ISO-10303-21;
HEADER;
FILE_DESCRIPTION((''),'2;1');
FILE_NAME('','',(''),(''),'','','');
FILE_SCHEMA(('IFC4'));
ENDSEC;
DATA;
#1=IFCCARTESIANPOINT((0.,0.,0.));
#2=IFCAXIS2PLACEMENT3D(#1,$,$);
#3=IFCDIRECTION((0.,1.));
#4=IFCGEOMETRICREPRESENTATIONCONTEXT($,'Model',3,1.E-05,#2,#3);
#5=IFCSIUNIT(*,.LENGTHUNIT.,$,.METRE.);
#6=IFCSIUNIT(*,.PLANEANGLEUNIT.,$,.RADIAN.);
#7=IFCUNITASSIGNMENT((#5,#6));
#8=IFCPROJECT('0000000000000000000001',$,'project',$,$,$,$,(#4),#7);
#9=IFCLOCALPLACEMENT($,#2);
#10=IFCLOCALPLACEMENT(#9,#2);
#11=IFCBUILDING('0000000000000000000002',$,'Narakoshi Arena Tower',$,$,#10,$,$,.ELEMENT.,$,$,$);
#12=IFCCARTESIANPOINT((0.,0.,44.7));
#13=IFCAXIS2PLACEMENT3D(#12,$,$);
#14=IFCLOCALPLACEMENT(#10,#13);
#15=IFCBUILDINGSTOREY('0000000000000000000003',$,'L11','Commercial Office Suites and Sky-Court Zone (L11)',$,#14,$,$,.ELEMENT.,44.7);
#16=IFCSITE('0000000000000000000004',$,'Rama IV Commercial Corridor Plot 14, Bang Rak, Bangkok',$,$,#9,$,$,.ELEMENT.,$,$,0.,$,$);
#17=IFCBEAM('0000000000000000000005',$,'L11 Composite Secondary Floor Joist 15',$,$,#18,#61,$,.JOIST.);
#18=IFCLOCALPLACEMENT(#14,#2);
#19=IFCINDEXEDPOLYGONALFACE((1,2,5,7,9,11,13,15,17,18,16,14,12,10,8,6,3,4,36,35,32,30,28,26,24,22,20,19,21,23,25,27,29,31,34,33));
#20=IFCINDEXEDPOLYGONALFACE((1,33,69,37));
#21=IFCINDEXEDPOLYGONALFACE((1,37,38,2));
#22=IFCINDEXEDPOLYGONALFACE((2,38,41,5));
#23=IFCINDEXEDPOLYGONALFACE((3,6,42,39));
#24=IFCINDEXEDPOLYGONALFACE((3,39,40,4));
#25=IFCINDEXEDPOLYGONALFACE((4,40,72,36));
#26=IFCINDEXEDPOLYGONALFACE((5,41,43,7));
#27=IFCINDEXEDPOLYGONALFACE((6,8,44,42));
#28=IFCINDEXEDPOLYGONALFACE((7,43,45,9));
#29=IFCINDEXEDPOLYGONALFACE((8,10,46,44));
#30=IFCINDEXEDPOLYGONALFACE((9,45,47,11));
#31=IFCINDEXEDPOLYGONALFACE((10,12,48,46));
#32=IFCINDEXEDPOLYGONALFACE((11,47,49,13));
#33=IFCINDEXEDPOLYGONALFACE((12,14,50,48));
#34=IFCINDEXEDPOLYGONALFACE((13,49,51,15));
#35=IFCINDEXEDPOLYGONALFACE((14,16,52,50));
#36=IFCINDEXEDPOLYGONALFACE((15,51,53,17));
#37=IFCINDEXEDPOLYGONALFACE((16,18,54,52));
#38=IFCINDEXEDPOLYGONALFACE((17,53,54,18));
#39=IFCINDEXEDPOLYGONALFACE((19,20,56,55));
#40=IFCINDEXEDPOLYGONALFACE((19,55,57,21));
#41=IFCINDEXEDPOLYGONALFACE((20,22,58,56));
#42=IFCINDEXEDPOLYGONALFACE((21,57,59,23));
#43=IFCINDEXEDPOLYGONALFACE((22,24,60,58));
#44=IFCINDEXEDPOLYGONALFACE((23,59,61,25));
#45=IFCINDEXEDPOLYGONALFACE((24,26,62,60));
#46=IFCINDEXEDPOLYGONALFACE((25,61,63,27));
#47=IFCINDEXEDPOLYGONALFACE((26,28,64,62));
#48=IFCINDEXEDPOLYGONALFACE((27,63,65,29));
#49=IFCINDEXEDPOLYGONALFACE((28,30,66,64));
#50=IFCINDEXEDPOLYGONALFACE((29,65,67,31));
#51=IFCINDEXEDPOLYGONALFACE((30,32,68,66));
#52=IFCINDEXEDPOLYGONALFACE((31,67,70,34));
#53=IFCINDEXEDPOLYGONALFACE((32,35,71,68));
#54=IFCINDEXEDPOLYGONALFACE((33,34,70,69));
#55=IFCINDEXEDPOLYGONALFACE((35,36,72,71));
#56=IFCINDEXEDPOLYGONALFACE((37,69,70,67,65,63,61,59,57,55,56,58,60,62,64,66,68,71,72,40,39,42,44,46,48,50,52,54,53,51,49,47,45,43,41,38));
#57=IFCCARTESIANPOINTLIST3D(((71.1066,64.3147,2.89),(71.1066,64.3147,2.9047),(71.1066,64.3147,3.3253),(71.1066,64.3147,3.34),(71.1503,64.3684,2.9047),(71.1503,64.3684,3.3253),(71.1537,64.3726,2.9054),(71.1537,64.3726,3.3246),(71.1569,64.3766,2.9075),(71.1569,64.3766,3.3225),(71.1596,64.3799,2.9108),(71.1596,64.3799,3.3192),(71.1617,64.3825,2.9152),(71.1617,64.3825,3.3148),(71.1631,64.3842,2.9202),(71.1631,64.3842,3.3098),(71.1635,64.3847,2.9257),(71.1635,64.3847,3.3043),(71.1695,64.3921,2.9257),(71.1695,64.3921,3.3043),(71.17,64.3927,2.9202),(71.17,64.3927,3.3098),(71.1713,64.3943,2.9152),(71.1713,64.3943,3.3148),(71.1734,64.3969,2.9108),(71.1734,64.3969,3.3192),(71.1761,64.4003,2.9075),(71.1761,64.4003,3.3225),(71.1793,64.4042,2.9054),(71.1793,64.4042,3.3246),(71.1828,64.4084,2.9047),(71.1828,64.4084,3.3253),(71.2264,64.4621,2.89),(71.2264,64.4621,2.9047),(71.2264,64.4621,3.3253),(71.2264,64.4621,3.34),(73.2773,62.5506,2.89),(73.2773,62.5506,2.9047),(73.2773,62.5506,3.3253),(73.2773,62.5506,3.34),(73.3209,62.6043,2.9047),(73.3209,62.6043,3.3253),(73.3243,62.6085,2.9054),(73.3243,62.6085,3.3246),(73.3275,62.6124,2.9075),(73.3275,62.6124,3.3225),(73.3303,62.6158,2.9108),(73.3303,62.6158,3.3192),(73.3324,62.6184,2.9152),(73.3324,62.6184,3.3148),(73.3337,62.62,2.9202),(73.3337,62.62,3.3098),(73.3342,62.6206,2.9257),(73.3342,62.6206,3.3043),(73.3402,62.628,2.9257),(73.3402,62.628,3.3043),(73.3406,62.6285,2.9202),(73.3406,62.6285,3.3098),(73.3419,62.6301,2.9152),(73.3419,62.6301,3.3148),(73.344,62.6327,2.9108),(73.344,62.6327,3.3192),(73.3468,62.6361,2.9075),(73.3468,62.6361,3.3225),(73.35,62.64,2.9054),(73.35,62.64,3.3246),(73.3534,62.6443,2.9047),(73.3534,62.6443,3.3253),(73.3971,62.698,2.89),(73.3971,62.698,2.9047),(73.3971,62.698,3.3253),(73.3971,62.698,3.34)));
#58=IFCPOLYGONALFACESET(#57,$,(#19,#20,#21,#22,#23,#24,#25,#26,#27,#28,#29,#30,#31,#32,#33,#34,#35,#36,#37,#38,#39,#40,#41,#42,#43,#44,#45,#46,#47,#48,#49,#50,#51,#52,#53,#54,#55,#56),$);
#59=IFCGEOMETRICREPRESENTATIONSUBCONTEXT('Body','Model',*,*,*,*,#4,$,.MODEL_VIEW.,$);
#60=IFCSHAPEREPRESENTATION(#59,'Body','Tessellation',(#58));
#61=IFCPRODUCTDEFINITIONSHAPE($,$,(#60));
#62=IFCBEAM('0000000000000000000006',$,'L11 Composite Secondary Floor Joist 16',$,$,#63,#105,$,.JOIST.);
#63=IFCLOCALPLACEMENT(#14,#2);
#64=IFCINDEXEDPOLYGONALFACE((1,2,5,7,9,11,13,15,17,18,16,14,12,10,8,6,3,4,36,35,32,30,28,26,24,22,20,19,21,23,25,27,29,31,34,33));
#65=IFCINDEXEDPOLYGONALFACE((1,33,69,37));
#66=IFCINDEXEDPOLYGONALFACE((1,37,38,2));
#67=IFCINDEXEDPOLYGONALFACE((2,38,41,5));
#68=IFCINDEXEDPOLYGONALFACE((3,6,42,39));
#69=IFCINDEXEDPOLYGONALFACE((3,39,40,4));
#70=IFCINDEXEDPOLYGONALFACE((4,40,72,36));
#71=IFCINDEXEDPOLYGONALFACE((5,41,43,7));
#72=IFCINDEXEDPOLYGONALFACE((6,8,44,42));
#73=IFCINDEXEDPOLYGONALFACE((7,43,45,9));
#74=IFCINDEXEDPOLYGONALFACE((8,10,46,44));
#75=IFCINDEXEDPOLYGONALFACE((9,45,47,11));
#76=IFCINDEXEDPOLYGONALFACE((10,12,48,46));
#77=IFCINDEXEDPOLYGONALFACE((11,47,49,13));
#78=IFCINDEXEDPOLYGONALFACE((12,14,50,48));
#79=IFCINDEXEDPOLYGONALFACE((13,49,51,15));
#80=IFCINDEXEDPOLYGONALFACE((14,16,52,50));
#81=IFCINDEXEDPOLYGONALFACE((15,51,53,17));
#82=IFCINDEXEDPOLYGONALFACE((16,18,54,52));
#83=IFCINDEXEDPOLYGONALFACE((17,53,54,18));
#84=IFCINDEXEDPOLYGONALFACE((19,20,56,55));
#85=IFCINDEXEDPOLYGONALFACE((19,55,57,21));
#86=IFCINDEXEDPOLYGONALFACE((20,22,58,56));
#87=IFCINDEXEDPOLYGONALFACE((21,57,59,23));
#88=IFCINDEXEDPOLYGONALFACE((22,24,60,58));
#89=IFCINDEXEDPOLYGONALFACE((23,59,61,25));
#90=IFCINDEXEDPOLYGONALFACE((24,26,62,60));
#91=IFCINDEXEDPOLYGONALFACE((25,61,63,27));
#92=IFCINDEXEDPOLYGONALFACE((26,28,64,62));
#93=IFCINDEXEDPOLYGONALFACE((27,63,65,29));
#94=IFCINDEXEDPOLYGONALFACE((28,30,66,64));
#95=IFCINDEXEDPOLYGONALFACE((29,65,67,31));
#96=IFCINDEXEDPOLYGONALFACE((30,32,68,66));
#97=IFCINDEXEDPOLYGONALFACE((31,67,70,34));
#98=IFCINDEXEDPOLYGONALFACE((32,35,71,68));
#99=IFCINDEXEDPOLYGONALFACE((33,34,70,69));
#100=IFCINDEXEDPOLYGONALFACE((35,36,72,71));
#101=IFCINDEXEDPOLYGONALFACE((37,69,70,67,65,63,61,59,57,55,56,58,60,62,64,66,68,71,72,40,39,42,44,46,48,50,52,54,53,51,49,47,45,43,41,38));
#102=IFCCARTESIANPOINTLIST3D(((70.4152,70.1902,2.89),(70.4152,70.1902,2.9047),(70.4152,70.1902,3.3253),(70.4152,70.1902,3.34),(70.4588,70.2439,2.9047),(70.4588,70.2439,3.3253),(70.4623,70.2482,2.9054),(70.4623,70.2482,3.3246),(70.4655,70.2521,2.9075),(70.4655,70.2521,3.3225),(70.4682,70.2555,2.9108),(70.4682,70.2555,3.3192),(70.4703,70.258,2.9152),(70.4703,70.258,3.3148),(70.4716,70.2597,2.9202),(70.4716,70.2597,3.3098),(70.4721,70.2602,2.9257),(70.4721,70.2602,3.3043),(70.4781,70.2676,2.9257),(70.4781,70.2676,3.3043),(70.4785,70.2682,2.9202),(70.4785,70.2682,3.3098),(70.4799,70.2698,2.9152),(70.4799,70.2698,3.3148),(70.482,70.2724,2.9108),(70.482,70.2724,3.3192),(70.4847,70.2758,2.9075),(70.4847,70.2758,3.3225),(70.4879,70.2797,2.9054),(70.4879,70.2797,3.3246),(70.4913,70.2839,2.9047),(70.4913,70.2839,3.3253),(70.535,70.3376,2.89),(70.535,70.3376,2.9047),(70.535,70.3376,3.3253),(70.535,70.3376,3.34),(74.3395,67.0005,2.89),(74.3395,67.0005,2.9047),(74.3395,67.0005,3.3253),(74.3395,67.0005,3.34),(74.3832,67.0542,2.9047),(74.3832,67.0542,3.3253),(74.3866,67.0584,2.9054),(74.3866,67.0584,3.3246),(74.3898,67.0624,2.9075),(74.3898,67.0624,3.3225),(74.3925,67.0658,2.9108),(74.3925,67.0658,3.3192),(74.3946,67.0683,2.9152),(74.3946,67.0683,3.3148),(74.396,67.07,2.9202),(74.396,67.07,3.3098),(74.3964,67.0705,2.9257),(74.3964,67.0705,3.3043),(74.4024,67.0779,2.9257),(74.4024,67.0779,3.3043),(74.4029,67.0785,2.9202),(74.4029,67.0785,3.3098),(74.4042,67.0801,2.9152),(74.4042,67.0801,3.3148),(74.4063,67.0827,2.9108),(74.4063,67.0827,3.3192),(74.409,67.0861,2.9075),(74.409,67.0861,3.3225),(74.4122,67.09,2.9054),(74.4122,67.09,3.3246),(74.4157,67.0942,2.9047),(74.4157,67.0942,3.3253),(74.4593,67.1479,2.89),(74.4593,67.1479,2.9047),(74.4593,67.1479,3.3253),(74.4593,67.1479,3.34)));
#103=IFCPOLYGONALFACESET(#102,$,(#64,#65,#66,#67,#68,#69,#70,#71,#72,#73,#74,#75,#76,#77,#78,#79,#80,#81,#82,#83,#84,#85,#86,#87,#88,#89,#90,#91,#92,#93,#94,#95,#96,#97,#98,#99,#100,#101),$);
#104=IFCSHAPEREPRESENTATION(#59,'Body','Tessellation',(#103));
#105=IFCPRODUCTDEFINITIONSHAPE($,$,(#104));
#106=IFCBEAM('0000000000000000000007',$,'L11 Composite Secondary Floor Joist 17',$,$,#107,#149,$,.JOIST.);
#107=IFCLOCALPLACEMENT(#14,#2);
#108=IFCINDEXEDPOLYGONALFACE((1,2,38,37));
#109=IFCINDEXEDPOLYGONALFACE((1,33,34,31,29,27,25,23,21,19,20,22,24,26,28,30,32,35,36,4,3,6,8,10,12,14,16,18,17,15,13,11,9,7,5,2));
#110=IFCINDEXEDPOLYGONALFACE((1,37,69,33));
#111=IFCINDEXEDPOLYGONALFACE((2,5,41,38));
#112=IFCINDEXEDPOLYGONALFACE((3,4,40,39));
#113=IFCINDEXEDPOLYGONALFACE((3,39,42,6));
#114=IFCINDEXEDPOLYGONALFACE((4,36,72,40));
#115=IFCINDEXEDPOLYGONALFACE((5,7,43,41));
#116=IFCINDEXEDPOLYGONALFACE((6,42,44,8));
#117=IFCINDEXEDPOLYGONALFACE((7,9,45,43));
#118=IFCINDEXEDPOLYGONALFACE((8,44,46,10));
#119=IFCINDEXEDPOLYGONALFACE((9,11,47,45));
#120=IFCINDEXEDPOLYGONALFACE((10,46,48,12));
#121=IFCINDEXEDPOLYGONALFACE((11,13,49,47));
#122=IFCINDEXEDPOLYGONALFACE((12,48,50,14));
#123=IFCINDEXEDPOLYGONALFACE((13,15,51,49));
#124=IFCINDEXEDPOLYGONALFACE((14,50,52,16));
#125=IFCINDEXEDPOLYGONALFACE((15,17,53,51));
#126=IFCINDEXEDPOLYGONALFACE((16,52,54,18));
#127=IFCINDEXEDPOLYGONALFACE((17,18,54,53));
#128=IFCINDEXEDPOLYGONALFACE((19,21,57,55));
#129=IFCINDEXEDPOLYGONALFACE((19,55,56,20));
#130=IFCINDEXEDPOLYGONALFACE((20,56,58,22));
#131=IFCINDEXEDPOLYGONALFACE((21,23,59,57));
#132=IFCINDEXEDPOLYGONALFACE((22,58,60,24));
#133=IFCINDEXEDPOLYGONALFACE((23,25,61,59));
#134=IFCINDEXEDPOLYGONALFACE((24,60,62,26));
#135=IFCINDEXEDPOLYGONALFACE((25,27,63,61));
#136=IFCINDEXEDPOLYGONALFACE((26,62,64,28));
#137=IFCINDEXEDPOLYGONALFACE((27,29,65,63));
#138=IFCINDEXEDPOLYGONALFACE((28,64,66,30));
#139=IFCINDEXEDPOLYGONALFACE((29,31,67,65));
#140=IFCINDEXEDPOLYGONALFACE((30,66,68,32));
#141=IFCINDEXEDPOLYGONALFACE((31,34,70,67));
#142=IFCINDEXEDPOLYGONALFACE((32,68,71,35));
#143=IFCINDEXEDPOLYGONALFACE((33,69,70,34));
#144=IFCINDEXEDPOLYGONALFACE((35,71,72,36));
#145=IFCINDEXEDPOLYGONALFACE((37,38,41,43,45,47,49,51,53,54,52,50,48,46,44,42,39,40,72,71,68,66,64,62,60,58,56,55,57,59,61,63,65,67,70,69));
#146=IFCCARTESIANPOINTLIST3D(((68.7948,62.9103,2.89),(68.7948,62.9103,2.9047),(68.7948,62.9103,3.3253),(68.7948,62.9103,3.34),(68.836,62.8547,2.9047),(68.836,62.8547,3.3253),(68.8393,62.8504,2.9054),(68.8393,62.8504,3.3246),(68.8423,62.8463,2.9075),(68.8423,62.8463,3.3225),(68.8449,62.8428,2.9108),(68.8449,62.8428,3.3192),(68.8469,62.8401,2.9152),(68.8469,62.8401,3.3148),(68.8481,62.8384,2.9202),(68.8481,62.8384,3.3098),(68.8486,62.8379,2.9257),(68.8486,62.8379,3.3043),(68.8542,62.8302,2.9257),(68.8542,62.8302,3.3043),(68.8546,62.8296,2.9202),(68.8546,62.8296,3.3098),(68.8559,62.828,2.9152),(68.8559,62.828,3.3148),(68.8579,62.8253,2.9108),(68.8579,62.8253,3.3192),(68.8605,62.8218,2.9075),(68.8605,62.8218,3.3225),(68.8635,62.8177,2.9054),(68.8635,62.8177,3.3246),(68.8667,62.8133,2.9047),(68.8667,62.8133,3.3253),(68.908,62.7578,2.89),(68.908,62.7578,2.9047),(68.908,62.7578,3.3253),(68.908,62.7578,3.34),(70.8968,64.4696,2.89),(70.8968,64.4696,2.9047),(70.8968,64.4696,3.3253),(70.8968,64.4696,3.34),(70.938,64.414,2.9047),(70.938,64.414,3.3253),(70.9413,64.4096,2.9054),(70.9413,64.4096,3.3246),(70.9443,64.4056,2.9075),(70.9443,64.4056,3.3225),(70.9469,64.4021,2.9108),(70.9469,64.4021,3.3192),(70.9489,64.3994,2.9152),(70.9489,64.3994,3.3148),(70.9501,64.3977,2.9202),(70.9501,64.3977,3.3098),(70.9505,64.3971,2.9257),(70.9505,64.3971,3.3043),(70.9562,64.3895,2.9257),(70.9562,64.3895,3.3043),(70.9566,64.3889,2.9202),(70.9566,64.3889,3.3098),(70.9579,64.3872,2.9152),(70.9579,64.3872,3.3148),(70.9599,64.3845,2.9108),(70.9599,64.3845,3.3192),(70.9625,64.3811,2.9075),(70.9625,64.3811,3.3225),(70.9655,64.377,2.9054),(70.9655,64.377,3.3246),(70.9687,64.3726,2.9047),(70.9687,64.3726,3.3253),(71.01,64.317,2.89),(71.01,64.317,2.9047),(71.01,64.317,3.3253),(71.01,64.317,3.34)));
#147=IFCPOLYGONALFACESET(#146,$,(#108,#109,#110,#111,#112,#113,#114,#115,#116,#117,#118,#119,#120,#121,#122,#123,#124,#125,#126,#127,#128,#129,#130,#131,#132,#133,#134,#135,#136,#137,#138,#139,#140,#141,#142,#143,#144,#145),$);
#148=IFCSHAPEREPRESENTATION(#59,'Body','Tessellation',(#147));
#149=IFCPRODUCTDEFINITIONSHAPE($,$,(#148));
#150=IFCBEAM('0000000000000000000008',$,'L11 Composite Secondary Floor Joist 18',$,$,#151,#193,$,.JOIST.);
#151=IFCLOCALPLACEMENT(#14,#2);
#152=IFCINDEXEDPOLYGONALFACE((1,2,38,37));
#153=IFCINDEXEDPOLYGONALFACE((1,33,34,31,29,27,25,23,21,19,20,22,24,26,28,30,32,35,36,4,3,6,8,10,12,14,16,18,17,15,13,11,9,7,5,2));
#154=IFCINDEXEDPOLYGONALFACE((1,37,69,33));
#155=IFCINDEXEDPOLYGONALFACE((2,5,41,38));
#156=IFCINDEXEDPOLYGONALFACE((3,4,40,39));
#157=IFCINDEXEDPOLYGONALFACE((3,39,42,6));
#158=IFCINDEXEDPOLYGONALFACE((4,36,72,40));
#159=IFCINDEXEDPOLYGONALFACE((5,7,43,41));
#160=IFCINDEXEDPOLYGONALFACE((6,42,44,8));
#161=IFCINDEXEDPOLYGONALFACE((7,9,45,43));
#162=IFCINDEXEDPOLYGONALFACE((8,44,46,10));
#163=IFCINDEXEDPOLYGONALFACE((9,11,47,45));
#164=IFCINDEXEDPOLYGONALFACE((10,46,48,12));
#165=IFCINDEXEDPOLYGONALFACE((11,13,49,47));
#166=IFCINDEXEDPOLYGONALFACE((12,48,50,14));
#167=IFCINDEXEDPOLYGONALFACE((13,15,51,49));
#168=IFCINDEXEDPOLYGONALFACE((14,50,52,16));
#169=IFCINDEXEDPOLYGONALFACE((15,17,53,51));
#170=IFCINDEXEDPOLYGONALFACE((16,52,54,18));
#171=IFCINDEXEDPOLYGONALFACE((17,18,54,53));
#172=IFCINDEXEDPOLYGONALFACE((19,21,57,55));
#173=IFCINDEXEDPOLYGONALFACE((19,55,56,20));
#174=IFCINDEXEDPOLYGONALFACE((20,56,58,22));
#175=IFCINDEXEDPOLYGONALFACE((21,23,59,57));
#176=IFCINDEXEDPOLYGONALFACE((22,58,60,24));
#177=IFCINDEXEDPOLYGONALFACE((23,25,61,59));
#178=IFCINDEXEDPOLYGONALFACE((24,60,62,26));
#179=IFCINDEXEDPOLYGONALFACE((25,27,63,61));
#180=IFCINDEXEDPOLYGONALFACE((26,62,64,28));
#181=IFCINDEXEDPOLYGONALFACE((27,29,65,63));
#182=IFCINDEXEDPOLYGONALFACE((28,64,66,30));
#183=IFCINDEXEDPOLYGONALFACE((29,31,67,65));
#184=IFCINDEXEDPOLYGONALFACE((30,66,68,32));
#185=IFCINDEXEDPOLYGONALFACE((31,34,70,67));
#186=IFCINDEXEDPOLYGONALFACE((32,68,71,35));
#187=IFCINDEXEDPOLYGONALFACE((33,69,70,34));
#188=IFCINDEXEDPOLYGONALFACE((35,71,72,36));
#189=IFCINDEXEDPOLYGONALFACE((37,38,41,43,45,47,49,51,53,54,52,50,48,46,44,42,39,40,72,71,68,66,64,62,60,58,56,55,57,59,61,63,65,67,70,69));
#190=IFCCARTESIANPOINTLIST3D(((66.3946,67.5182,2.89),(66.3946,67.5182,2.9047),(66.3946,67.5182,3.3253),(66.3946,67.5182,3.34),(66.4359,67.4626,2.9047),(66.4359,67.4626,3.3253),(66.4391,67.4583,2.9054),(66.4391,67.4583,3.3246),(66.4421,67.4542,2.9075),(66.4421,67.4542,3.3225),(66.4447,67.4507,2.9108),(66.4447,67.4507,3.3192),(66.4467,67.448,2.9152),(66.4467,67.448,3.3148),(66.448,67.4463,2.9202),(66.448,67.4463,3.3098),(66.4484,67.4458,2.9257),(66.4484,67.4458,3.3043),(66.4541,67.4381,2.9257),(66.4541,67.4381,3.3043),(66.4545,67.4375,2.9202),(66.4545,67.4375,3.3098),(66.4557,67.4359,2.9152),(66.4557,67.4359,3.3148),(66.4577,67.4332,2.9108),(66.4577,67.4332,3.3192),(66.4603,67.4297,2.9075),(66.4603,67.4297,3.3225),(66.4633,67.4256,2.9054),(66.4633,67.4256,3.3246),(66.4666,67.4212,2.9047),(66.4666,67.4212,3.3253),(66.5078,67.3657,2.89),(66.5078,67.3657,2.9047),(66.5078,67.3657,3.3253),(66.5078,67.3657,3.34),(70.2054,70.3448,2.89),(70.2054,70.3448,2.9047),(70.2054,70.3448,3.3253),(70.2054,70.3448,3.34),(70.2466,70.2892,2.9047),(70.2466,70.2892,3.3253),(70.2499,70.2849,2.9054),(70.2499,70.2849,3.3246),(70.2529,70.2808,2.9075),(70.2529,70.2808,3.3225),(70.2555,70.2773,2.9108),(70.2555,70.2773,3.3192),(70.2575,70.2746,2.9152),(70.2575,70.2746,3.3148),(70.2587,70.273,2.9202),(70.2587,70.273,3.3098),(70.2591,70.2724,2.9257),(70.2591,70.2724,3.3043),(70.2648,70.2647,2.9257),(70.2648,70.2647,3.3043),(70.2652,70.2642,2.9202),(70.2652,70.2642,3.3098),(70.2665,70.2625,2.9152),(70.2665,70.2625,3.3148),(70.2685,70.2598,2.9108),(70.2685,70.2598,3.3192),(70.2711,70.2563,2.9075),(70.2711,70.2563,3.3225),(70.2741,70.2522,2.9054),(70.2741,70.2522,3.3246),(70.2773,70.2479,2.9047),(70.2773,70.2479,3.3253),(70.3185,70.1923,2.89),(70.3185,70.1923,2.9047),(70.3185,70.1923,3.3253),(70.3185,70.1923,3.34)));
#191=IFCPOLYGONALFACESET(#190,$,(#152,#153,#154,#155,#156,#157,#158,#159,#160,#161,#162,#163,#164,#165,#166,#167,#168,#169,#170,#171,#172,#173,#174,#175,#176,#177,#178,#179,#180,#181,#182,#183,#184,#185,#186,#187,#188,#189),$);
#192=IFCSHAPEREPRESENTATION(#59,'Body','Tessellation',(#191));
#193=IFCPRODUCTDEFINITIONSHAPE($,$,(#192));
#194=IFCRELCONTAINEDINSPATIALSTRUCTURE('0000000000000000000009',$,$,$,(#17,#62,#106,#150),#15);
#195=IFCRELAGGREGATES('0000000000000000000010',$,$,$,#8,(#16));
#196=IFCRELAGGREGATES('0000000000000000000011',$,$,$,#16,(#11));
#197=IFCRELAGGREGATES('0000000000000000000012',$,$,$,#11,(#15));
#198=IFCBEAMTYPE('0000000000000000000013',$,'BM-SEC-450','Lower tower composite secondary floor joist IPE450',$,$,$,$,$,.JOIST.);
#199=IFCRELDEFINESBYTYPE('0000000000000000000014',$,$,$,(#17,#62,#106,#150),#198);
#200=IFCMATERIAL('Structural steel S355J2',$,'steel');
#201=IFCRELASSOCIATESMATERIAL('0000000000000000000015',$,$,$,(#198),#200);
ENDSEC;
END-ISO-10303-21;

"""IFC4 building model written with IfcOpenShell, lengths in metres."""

from ifc_helpers import new_model, si_unit, direction, frame, origin, origin_2d, place, context, subcontext, project, spatial, i_section, extrude, material, material_profile, profile_set, type_object, element, save


model = new_model("IFC4")

# Units and contexts
model_context = context("Model", 3, precision=1e-05, world=origin(), true_north=direction((0.0, 1.0)))
body_context = subcontext(model_context, "Body", "Model", "MODEL_VIEW")
ifc_project = project(units=[si_unit("LENGTHUNIT", "METRE"), si_unit("PLANEANGLEUNIT", "RADIAN")], contexts=[model_context])

# Site, building, storey
site_placement = place(None, origin())
site = spatial("IfcSite", under=ifc_project, at=site_placement, Name="Rama IV Commercial Corridor Plot 14, Bang Rak, Bangkok", CompositionType="ELEMENT", RefElevation=0.0)
building_placement = place(site_placement, origin())
building = spatial("IfcBuilding", under=site, at=building_placement, Name="Narakoshi Arena Tower", CompositionType="ELEMENT")
storey_placement = place(building_placement, frame((0.0, 0.0, 44.7)))
storey = spatial("IfcBuildingStorey", under=building, at=storey_placement, Name="L11", Description="Commercial Office Suites and Sky-Court Zone (L11)", CompositionType="ELEMENT", Elevation=44.7)

# Beams
ifc_material_1 = material(Name="Structural steel S355J2", Category="steel")
ifc_material_profile_1 = material_profile(ifc_material_1, i_section(OverallWidth=0.1899, OverallDepth=0.45, WebThickness=0.0095, FlangeThickness=0.0146, FilletRadius=0.021, at=origin_2d()), Name="IPE450")
ifc_profile_set_1 = profile_set([ifc_material_profile_1], Name="Structural steel S355J2")
beam_type_1 = type_object("IfcBeamType", Name="BM-SEC-450", Description="Lower tower composite secondary floor joist IPE450", PredefinedType="JOIST", material=ifc_profile_set_1)
beam_1_placement = place(storey_placement, frame((73.3372, 62.6243, 3.115), z_axis=(-0.776026, 0.630701, 0.0), x_axis=(-0.630701, -0.776026, 0.0)))
element("IfcBeam", 1, at=beam_1_placement, inside=storey, type_object=beam_type_1, Name="L11 Composite Secondary Floor Joist 15", PredefinedType="JOIST", context=body_context, shape_type="SweptSolid", body=[
    extrude(i_section(OverallWidth=0.1899, OverallDepth=0.45, WebThickness=0.0095, FlangeThickness=0.0146, FilletRadius=0.021, at=origin_2d()), origin(), (0.0, 0.0, 1.0), 2.7971),
])
beam_2_placement = place(storey_placement, frame((74.3994, 67.0742, 3.115), z_axis=(-0.775999, 0.630734, 0.0), x_axis=(-0.630734, -0.775999, 0.0)))
element("IfcBeam", 2, at=beam_2_placement, inside=storey, type_object=beam_type_1, Name="L11 Composite Secondary Floor Joist 16", PredefinedType="JOIST", context=body_context, shape_type="SweptSolid", body=[
    extrude(i_section(OverallWidth=0.1899, OverallDepth=0.45, WebThickness=0.0095, FlangeThickness=0.0146, FilletRadius=0.021, at=origin_2d()), origin(), (0.0, 0.0, 1.0), 5.0571),
])
beam_3_placement = place(storey_placement, frame((70.9534, 64.3933, 3.115), z_axis=(-0.803146, -0.595783, 0.0), x_axis=(0.595783, -0.803146, 0.0)))
element("IfcBeam", 3, at=beam_3_placement, inside=storey, type_object=beam_type_1, Name="L11 Composite Secondary Floor Joist 17", PredefinedType="JOIST", context=body_context, shape_type="SweptSolid", body=[
    extrude(i_section(OverallWidth=0.1899, OverallDepth=0.45, WebThickness=0.0095, FlangeThickness=0.0146, FilletRadius=0.021, at=origin_2d()), origin(), (0.0, 0.0, 1.0), 2.6172),
])
beam_4_placement = place(storey_placement, frame((70.262, 70.2686, 3.115), z_axis=(-0.803169, -0.595752, 0.0), x_axis=(0.595752, -0.803169, 0.0)))
element("IfcBeam", 4, at=beam_4_placement, inside=storey, type_object=beam_type_1, Name="L11 Composite Secondary Floor Joist 18", PredefinedType="JOIST", context=body_context, shape_type="SweptSolid", body=[
    extrude(i_section(OverallWidth=0.1899, OverallDepth=0.45, WebThickness=0.0095, FlangeThickness=0.0146, FilletRadius=0.021, at=origin_2d()), origin(), (0.0, 0.0, 1.0), 4.7446),
])

save(model, "model.ifc")
